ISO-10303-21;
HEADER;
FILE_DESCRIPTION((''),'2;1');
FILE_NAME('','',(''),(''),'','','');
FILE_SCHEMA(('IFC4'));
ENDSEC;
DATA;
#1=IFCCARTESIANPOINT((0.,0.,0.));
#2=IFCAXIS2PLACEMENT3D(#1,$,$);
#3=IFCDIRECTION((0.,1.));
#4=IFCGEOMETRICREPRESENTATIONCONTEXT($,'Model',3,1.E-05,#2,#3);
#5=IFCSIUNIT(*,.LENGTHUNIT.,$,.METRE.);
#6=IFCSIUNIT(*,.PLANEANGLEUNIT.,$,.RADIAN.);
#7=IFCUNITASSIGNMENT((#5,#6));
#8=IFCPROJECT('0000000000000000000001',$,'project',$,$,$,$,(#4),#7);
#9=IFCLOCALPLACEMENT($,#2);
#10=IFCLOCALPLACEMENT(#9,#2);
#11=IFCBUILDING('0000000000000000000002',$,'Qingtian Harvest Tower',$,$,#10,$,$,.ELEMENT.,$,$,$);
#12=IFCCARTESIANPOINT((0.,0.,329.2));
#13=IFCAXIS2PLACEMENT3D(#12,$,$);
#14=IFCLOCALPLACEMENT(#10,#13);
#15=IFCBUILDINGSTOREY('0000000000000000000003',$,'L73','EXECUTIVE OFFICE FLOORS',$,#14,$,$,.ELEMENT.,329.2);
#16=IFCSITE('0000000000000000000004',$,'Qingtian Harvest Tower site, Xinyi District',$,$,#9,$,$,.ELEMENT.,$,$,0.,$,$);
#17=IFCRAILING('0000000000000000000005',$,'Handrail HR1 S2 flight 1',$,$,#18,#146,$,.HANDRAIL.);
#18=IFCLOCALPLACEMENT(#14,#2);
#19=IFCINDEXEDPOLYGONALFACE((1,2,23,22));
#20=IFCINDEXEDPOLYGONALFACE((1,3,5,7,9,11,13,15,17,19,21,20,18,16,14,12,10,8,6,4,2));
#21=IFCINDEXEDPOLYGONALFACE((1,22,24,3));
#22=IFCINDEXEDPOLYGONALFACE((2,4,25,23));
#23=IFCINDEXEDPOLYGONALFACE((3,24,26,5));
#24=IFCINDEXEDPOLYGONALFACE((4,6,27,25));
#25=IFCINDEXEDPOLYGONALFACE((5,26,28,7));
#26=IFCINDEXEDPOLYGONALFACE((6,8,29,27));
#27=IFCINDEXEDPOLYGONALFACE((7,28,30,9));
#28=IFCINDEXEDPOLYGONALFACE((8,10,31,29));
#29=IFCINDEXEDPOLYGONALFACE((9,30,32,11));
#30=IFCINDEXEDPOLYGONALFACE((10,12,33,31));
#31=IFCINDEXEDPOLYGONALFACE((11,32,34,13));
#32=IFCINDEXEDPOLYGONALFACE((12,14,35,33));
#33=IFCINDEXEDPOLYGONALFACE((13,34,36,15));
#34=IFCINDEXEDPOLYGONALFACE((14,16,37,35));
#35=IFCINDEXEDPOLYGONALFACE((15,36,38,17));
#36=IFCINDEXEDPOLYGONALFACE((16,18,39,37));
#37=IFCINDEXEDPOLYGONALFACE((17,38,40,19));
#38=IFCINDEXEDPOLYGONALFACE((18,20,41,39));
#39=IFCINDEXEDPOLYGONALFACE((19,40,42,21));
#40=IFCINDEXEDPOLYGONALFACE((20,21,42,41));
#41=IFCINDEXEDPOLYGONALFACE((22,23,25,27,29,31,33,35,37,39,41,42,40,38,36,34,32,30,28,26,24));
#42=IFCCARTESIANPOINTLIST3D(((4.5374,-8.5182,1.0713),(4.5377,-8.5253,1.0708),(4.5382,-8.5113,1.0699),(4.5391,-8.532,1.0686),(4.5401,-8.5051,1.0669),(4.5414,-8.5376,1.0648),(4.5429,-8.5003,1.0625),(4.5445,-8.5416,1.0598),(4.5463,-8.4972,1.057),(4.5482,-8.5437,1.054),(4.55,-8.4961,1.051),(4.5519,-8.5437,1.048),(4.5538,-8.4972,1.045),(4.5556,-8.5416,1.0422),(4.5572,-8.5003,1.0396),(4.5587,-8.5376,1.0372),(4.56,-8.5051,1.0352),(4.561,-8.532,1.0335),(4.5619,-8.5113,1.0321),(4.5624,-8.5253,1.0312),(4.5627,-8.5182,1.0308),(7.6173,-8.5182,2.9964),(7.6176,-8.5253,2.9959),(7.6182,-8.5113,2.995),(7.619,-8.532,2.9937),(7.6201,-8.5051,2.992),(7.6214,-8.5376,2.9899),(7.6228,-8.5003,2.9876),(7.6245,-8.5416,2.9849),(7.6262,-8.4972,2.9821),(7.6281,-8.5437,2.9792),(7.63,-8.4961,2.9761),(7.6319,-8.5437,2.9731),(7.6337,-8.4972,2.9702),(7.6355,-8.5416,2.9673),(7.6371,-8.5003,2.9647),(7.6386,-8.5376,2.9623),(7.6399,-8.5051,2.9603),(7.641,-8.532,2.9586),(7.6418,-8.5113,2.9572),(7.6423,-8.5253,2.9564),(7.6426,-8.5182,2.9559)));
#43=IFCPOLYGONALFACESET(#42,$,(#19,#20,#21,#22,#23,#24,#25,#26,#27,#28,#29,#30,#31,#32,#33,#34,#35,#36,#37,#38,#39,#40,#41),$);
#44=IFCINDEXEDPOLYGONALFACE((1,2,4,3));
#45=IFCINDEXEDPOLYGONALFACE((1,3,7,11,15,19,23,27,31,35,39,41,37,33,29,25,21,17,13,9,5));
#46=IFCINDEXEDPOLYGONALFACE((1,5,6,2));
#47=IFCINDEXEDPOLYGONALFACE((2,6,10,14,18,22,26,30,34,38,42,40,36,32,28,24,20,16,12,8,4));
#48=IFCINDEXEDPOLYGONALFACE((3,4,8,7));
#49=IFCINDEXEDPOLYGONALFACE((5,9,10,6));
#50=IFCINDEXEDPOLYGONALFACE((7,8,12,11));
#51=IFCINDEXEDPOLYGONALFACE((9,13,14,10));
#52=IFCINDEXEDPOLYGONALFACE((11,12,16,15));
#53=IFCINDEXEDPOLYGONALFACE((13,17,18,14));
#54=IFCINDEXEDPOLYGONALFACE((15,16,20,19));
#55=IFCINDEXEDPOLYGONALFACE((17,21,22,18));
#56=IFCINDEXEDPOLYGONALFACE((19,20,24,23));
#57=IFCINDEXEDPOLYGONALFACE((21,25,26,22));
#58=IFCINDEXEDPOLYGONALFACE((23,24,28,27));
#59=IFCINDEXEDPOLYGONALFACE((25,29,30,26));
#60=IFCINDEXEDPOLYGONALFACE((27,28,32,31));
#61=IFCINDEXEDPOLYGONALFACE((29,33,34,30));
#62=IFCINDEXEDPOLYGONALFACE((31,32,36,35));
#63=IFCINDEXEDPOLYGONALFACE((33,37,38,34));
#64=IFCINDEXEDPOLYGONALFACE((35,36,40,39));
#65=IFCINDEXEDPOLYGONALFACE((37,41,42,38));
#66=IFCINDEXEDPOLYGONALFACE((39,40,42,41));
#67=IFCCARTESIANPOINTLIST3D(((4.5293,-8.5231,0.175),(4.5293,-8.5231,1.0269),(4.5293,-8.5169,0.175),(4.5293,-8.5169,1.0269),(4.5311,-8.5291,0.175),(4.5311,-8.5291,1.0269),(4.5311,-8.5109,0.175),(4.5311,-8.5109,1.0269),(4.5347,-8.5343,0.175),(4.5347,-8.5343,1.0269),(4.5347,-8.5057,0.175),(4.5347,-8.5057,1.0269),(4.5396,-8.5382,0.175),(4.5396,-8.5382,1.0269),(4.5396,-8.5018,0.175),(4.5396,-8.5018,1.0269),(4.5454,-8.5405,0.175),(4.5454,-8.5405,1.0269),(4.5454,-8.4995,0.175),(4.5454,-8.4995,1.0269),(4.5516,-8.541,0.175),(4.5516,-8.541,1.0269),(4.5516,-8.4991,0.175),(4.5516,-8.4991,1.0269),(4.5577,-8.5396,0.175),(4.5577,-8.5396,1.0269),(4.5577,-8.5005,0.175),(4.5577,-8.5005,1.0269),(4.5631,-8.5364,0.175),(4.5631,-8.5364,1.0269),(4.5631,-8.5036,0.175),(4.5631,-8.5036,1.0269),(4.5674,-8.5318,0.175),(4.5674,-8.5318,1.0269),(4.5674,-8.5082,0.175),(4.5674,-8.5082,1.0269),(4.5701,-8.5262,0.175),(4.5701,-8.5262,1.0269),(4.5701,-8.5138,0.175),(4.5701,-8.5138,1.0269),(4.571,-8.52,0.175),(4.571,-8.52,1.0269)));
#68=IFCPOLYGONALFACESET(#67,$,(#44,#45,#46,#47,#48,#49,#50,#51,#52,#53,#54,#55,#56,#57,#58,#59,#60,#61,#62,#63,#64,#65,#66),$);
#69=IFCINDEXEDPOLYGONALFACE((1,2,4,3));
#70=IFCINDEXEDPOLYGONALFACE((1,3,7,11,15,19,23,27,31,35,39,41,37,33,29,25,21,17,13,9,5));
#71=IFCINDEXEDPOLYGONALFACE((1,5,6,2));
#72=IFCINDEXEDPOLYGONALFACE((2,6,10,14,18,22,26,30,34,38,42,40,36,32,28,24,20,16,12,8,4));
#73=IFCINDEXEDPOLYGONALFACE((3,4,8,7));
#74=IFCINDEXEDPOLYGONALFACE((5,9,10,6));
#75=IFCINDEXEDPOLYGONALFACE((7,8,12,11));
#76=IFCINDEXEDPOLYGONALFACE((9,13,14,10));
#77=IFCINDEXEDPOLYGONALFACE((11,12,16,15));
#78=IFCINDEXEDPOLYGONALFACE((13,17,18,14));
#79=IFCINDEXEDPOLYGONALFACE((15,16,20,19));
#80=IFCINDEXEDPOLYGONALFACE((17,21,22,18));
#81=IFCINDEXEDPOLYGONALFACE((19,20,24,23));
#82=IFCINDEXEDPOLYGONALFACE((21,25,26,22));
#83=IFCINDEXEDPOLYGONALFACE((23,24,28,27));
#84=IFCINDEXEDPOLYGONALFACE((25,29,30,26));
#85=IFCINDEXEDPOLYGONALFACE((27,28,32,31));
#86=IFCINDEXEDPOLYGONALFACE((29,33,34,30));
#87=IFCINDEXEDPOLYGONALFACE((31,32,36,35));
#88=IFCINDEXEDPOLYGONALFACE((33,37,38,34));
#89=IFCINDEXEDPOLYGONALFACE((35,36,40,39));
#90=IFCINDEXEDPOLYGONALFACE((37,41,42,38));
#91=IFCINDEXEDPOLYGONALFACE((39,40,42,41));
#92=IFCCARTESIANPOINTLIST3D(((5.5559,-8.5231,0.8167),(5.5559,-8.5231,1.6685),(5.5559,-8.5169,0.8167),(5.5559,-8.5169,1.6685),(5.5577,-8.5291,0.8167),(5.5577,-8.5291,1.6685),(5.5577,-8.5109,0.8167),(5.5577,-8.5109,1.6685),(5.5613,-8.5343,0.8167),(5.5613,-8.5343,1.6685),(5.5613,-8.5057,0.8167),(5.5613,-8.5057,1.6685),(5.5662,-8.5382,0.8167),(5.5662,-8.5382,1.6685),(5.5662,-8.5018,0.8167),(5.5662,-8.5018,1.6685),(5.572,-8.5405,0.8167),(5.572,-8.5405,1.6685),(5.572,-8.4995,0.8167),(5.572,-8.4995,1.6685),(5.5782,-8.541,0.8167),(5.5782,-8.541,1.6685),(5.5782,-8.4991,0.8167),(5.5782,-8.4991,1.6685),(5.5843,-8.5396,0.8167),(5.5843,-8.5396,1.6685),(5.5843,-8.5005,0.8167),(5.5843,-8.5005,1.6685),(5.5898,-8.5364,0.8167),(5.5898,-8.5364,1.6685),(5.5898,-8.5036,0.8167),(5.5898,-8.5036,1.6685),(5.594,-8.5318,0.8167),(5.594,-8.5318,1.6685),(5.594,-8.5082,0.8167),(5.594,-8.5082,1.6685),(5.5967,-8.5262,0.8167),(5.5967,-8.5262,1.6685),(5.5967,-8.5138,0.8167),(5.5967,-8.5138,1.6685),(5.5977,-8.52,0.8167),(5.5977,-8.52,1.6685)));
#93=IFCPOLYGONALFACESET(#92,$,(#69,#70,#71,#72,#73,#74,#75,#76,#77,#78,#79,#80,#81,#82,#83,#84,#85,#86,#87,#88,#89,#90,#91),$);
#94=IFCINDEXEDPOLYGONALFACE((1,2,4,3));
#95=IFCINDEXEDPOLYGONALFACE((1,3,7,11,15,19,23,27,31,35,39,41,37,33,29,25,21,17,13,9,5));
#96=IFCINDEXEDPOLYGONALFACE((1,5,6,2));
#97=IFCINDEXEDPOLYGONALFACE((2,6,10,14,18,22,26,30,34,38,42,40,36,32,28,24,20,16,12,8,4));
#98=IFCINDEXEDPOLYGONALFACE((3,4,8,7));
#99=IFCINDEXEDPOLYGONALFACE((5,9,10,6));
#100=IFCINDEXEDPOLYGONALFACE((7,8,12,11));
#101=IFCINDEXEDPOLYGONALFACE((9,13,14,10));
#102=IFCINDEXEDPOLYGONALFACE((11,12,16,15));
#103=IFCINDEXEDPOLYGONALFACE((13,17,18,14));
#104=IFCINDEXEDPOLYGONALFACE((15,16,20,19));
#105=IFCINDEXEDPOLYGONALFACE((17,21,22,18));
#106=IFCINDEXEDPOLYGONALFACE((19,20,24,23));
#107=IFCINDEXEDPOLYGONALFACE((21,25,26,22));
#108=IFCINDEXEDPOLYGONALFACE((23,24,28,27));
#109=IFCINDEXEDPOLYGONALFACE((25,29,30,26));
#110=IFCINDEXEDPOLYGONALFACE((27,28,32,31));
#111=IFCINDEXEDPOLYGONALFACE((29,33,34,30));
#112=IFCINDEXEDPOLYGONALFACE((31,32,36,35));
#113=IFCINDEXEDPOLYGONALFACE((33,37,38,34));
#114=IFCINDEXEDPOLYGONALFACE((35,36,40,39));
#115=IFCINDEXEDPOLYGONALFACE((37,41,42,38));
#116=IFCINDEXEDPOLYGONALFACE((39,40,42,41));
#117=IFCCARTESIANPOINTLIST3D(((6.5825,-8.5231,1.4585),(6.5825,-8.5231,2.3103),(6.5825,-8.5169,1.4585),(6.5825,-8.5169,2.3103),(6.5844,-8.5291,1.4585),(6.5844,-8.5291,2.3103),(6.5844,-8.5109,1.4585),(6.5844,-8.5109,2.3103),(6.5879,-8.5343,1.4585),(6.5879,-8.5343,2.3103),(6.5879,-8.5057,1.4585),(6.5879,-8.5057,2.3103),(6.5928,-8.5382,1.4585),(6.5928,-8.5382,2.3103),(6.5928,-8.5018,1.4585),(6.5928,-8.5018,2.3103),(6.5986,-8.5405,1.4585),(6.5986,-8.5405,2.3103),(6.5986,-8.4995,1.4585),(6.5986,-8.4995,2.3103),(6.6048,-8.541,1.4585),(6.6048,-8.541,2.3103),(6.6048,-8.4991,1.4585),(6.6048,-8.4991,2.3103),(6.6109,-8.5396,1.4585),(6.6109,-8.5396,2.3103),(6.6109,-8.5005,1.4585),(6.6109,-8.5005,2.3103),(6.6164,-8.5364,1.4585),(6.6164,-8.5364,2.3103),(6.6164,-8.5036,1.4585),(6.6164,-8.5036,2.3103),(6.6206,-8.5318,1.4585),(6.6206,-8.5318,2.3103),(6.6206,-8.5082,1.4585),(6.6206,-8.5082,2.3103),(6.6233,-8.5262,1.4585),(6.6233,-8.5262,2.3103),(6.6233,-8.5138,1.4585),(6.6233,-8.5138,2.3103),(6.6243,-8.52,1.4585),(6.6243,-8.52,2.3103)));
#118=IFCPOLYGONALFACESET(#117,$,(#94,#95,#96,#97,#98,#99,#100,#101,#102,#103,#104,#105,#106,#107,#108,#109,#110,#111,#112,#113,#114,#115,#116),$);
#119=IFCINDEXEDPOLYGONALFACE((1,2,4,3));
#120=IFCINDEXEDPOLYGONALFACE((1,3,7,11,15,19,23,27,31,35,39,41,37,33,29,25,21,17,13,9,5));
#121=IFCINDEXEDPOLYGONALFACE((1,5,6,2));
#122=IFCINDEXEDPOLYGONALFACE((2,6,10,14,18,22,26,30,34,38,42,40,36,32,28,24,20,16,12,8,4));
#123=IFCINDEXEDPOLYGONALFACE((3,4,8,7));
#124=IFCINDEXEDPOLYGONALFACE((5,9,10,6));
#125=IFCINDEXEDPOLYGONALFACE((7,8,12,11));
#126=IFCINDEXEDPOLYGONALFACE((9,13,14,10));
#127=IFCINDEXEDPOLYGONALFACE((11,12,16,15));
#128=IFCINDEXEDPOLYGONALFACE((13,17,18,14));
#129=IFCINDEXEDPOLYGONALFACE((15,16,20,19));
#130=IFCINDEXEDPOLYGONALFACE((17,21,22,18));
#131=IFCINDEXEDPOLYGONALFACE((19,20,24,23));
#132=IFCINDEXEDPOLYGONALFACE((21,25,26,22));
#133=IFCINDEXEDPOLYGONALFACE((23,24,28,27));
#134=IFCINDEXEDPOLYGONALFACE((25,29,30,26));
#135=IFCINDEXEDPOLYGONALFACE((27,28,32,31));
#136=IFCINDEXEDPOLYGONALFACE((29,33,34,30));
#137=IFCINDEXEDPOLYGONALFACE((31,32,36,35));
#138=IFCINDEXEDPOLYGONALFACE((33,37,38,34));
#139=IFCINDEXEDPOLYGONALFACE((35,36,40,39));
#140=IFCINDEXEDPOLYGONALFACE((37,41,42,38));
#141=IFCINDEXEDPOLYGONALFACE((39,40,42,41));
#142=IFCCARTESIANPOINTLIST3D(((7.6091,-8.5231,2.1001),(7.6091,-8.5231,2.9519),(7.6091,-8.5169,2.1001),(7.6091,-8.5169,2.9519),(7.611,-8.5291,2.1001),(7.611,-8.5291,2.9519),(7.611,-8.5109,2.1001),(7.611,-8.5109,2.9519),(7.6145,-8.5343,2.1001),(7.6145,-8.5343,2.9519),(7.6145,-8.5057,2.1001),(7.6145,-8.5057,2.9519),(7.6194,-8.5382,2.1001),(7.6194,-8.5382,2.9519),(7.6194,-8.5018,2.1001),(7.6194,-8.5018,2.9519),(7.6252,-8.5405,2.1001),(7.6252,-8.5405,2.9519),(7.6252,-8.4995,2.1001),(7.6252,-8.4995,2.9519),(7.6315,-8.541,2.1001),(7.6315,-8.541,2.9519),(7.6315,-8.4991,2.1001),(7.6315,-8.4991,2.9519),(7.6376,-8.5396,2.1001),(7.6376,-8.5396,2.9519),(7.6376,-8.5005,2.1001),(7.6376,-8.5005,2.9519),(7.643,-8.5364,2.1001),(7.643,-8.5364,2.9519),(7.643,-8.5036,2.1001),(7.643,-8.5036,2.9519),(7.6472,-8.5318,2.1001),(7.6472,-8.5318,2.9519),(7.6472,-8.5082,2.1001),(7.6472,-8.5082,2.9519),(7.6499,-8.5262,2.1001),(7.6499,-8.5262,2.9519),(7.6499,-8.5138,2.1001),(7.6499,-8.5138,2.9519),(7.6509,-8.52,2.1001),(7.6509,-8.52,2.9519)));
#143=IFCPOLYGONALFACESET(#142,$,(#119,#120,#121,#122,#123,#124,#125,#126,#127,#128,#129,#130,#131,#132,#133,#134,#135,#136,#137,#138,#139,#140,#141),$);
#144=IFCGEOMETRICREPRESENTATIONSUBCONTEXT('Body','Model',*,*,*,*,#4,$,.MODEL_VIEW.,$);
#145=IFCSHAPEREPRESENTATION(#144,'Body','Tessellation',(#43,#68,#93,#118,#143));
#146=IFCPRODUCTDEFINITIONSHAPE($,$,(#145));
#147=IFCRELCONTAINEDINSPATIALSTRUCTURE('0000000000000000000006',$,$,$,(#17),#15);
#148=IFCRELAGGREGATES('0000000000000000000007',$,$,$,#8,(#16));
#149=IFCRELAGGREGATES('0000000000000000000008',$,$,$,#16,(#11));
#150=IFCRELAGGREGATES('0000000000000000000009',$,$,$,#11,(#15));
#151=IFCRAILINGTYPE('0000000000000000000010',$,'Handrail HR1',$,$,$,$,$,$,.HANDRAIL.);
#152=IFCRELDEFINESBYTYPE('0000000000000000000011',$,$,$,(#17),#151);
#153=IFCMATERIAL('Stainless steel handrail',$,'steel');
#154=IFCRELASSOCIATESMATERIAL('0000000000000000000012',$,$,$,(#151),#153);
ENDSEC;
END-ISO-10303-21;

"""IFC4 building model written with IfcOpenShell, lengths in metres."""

from ifc_helpers import new_model, si_unit, direction, frame, origin, origin_2d, place, context, subcontext, project, spatial, circle, extrude, material, type_object, element, save


model = new_model("IFC4")

# Units and contexts
model_context = context("Model", 3, precision=1e-05, world=origin(), true_north=direction((0.0, 1.0)))
body_context = subcontext(model_context, "Body", "Model", "MODEL_VIEW")
ifc_project = project(units=[si_unit("LENGTHUNIT", "METRE"), si_unit("PLANEANGLEUNIT", "RADIAN")], contexts=[model_context])

# Site, building, storey
site_placement = place(None, origin())
site = spatial("IfcSite", under=ifc_project, at=site_placement, Name="Qingtian Harvest Tower site, Xinyi District", CompositionType="ELEMENT", RefElevation=0.0)
building_placement = place(site_placement, origin())
building = spatial("IfcBuilding", under=site, at=building_placement, Name="Qingtian Harvest Tower", CompositionType="ELEMENT")
storey_placement = place(building_placement, frame((0.0, 0.0, 329.2)))
storey = spatial("IfcBuildingStorey", under=building, at=storey_placement, Name="L73", Description="EXECUTIVE OFFICE FLOORS", CompositionType="ELEMENT", Elevation=329.2)

# Railing
ifc_material_1 = material(Name="Stainless steel handrail", Category="steel")
railing_type = type_object("IfcRailingType", Name="Handrail HR1", PredefinedType="HANDRAIL", material=ifc_material_1)
railing_1_placement = place(storey_placement, frame((4.55, -8.52, 0.175)))
element("IfcRailing", 1, at=railing_1_placement, inside=storey, type_object=railing_type, Name="Handrail HR1 S2 flight 1", PredefinedType="HANDRAIL", context=body_context, shape_type="SweptSolid", body=[
    extrude(circle(Radius=0.0239, at=origin_2d()), frame((0.0, 0.0, 0.876), z_axis=(0.847979, 0.0, 0.530029), x_axis=(0.0, 1.0, 0.0)), (0.0, 0.0, 1.0), 3.6321),
    extrude(circle(Radius=0.021, at=origin_2d()), origin(), (0.0, 0.0, 1.0), 0.8518),
    extrude(circle(Radius=0.021, at=origin_2d()), frame((1.0266, 0.0, 0.6416)), (0.0, 0.0, 1.0), 0.8518),
    extrude(circle(Radius=0.021, at=origin_2d()), frame((2.0532, 0.0, 1.2834)), (0.0, 0.0, 1.0), 0.8518),
    extrude(circle(Radius=0.021, at=origin_2d()), frame((3.0798, 0.0, 1.925)), (0.0, 0.0, 1.0), 0.8518),
])

save(model, "model.ifc")
